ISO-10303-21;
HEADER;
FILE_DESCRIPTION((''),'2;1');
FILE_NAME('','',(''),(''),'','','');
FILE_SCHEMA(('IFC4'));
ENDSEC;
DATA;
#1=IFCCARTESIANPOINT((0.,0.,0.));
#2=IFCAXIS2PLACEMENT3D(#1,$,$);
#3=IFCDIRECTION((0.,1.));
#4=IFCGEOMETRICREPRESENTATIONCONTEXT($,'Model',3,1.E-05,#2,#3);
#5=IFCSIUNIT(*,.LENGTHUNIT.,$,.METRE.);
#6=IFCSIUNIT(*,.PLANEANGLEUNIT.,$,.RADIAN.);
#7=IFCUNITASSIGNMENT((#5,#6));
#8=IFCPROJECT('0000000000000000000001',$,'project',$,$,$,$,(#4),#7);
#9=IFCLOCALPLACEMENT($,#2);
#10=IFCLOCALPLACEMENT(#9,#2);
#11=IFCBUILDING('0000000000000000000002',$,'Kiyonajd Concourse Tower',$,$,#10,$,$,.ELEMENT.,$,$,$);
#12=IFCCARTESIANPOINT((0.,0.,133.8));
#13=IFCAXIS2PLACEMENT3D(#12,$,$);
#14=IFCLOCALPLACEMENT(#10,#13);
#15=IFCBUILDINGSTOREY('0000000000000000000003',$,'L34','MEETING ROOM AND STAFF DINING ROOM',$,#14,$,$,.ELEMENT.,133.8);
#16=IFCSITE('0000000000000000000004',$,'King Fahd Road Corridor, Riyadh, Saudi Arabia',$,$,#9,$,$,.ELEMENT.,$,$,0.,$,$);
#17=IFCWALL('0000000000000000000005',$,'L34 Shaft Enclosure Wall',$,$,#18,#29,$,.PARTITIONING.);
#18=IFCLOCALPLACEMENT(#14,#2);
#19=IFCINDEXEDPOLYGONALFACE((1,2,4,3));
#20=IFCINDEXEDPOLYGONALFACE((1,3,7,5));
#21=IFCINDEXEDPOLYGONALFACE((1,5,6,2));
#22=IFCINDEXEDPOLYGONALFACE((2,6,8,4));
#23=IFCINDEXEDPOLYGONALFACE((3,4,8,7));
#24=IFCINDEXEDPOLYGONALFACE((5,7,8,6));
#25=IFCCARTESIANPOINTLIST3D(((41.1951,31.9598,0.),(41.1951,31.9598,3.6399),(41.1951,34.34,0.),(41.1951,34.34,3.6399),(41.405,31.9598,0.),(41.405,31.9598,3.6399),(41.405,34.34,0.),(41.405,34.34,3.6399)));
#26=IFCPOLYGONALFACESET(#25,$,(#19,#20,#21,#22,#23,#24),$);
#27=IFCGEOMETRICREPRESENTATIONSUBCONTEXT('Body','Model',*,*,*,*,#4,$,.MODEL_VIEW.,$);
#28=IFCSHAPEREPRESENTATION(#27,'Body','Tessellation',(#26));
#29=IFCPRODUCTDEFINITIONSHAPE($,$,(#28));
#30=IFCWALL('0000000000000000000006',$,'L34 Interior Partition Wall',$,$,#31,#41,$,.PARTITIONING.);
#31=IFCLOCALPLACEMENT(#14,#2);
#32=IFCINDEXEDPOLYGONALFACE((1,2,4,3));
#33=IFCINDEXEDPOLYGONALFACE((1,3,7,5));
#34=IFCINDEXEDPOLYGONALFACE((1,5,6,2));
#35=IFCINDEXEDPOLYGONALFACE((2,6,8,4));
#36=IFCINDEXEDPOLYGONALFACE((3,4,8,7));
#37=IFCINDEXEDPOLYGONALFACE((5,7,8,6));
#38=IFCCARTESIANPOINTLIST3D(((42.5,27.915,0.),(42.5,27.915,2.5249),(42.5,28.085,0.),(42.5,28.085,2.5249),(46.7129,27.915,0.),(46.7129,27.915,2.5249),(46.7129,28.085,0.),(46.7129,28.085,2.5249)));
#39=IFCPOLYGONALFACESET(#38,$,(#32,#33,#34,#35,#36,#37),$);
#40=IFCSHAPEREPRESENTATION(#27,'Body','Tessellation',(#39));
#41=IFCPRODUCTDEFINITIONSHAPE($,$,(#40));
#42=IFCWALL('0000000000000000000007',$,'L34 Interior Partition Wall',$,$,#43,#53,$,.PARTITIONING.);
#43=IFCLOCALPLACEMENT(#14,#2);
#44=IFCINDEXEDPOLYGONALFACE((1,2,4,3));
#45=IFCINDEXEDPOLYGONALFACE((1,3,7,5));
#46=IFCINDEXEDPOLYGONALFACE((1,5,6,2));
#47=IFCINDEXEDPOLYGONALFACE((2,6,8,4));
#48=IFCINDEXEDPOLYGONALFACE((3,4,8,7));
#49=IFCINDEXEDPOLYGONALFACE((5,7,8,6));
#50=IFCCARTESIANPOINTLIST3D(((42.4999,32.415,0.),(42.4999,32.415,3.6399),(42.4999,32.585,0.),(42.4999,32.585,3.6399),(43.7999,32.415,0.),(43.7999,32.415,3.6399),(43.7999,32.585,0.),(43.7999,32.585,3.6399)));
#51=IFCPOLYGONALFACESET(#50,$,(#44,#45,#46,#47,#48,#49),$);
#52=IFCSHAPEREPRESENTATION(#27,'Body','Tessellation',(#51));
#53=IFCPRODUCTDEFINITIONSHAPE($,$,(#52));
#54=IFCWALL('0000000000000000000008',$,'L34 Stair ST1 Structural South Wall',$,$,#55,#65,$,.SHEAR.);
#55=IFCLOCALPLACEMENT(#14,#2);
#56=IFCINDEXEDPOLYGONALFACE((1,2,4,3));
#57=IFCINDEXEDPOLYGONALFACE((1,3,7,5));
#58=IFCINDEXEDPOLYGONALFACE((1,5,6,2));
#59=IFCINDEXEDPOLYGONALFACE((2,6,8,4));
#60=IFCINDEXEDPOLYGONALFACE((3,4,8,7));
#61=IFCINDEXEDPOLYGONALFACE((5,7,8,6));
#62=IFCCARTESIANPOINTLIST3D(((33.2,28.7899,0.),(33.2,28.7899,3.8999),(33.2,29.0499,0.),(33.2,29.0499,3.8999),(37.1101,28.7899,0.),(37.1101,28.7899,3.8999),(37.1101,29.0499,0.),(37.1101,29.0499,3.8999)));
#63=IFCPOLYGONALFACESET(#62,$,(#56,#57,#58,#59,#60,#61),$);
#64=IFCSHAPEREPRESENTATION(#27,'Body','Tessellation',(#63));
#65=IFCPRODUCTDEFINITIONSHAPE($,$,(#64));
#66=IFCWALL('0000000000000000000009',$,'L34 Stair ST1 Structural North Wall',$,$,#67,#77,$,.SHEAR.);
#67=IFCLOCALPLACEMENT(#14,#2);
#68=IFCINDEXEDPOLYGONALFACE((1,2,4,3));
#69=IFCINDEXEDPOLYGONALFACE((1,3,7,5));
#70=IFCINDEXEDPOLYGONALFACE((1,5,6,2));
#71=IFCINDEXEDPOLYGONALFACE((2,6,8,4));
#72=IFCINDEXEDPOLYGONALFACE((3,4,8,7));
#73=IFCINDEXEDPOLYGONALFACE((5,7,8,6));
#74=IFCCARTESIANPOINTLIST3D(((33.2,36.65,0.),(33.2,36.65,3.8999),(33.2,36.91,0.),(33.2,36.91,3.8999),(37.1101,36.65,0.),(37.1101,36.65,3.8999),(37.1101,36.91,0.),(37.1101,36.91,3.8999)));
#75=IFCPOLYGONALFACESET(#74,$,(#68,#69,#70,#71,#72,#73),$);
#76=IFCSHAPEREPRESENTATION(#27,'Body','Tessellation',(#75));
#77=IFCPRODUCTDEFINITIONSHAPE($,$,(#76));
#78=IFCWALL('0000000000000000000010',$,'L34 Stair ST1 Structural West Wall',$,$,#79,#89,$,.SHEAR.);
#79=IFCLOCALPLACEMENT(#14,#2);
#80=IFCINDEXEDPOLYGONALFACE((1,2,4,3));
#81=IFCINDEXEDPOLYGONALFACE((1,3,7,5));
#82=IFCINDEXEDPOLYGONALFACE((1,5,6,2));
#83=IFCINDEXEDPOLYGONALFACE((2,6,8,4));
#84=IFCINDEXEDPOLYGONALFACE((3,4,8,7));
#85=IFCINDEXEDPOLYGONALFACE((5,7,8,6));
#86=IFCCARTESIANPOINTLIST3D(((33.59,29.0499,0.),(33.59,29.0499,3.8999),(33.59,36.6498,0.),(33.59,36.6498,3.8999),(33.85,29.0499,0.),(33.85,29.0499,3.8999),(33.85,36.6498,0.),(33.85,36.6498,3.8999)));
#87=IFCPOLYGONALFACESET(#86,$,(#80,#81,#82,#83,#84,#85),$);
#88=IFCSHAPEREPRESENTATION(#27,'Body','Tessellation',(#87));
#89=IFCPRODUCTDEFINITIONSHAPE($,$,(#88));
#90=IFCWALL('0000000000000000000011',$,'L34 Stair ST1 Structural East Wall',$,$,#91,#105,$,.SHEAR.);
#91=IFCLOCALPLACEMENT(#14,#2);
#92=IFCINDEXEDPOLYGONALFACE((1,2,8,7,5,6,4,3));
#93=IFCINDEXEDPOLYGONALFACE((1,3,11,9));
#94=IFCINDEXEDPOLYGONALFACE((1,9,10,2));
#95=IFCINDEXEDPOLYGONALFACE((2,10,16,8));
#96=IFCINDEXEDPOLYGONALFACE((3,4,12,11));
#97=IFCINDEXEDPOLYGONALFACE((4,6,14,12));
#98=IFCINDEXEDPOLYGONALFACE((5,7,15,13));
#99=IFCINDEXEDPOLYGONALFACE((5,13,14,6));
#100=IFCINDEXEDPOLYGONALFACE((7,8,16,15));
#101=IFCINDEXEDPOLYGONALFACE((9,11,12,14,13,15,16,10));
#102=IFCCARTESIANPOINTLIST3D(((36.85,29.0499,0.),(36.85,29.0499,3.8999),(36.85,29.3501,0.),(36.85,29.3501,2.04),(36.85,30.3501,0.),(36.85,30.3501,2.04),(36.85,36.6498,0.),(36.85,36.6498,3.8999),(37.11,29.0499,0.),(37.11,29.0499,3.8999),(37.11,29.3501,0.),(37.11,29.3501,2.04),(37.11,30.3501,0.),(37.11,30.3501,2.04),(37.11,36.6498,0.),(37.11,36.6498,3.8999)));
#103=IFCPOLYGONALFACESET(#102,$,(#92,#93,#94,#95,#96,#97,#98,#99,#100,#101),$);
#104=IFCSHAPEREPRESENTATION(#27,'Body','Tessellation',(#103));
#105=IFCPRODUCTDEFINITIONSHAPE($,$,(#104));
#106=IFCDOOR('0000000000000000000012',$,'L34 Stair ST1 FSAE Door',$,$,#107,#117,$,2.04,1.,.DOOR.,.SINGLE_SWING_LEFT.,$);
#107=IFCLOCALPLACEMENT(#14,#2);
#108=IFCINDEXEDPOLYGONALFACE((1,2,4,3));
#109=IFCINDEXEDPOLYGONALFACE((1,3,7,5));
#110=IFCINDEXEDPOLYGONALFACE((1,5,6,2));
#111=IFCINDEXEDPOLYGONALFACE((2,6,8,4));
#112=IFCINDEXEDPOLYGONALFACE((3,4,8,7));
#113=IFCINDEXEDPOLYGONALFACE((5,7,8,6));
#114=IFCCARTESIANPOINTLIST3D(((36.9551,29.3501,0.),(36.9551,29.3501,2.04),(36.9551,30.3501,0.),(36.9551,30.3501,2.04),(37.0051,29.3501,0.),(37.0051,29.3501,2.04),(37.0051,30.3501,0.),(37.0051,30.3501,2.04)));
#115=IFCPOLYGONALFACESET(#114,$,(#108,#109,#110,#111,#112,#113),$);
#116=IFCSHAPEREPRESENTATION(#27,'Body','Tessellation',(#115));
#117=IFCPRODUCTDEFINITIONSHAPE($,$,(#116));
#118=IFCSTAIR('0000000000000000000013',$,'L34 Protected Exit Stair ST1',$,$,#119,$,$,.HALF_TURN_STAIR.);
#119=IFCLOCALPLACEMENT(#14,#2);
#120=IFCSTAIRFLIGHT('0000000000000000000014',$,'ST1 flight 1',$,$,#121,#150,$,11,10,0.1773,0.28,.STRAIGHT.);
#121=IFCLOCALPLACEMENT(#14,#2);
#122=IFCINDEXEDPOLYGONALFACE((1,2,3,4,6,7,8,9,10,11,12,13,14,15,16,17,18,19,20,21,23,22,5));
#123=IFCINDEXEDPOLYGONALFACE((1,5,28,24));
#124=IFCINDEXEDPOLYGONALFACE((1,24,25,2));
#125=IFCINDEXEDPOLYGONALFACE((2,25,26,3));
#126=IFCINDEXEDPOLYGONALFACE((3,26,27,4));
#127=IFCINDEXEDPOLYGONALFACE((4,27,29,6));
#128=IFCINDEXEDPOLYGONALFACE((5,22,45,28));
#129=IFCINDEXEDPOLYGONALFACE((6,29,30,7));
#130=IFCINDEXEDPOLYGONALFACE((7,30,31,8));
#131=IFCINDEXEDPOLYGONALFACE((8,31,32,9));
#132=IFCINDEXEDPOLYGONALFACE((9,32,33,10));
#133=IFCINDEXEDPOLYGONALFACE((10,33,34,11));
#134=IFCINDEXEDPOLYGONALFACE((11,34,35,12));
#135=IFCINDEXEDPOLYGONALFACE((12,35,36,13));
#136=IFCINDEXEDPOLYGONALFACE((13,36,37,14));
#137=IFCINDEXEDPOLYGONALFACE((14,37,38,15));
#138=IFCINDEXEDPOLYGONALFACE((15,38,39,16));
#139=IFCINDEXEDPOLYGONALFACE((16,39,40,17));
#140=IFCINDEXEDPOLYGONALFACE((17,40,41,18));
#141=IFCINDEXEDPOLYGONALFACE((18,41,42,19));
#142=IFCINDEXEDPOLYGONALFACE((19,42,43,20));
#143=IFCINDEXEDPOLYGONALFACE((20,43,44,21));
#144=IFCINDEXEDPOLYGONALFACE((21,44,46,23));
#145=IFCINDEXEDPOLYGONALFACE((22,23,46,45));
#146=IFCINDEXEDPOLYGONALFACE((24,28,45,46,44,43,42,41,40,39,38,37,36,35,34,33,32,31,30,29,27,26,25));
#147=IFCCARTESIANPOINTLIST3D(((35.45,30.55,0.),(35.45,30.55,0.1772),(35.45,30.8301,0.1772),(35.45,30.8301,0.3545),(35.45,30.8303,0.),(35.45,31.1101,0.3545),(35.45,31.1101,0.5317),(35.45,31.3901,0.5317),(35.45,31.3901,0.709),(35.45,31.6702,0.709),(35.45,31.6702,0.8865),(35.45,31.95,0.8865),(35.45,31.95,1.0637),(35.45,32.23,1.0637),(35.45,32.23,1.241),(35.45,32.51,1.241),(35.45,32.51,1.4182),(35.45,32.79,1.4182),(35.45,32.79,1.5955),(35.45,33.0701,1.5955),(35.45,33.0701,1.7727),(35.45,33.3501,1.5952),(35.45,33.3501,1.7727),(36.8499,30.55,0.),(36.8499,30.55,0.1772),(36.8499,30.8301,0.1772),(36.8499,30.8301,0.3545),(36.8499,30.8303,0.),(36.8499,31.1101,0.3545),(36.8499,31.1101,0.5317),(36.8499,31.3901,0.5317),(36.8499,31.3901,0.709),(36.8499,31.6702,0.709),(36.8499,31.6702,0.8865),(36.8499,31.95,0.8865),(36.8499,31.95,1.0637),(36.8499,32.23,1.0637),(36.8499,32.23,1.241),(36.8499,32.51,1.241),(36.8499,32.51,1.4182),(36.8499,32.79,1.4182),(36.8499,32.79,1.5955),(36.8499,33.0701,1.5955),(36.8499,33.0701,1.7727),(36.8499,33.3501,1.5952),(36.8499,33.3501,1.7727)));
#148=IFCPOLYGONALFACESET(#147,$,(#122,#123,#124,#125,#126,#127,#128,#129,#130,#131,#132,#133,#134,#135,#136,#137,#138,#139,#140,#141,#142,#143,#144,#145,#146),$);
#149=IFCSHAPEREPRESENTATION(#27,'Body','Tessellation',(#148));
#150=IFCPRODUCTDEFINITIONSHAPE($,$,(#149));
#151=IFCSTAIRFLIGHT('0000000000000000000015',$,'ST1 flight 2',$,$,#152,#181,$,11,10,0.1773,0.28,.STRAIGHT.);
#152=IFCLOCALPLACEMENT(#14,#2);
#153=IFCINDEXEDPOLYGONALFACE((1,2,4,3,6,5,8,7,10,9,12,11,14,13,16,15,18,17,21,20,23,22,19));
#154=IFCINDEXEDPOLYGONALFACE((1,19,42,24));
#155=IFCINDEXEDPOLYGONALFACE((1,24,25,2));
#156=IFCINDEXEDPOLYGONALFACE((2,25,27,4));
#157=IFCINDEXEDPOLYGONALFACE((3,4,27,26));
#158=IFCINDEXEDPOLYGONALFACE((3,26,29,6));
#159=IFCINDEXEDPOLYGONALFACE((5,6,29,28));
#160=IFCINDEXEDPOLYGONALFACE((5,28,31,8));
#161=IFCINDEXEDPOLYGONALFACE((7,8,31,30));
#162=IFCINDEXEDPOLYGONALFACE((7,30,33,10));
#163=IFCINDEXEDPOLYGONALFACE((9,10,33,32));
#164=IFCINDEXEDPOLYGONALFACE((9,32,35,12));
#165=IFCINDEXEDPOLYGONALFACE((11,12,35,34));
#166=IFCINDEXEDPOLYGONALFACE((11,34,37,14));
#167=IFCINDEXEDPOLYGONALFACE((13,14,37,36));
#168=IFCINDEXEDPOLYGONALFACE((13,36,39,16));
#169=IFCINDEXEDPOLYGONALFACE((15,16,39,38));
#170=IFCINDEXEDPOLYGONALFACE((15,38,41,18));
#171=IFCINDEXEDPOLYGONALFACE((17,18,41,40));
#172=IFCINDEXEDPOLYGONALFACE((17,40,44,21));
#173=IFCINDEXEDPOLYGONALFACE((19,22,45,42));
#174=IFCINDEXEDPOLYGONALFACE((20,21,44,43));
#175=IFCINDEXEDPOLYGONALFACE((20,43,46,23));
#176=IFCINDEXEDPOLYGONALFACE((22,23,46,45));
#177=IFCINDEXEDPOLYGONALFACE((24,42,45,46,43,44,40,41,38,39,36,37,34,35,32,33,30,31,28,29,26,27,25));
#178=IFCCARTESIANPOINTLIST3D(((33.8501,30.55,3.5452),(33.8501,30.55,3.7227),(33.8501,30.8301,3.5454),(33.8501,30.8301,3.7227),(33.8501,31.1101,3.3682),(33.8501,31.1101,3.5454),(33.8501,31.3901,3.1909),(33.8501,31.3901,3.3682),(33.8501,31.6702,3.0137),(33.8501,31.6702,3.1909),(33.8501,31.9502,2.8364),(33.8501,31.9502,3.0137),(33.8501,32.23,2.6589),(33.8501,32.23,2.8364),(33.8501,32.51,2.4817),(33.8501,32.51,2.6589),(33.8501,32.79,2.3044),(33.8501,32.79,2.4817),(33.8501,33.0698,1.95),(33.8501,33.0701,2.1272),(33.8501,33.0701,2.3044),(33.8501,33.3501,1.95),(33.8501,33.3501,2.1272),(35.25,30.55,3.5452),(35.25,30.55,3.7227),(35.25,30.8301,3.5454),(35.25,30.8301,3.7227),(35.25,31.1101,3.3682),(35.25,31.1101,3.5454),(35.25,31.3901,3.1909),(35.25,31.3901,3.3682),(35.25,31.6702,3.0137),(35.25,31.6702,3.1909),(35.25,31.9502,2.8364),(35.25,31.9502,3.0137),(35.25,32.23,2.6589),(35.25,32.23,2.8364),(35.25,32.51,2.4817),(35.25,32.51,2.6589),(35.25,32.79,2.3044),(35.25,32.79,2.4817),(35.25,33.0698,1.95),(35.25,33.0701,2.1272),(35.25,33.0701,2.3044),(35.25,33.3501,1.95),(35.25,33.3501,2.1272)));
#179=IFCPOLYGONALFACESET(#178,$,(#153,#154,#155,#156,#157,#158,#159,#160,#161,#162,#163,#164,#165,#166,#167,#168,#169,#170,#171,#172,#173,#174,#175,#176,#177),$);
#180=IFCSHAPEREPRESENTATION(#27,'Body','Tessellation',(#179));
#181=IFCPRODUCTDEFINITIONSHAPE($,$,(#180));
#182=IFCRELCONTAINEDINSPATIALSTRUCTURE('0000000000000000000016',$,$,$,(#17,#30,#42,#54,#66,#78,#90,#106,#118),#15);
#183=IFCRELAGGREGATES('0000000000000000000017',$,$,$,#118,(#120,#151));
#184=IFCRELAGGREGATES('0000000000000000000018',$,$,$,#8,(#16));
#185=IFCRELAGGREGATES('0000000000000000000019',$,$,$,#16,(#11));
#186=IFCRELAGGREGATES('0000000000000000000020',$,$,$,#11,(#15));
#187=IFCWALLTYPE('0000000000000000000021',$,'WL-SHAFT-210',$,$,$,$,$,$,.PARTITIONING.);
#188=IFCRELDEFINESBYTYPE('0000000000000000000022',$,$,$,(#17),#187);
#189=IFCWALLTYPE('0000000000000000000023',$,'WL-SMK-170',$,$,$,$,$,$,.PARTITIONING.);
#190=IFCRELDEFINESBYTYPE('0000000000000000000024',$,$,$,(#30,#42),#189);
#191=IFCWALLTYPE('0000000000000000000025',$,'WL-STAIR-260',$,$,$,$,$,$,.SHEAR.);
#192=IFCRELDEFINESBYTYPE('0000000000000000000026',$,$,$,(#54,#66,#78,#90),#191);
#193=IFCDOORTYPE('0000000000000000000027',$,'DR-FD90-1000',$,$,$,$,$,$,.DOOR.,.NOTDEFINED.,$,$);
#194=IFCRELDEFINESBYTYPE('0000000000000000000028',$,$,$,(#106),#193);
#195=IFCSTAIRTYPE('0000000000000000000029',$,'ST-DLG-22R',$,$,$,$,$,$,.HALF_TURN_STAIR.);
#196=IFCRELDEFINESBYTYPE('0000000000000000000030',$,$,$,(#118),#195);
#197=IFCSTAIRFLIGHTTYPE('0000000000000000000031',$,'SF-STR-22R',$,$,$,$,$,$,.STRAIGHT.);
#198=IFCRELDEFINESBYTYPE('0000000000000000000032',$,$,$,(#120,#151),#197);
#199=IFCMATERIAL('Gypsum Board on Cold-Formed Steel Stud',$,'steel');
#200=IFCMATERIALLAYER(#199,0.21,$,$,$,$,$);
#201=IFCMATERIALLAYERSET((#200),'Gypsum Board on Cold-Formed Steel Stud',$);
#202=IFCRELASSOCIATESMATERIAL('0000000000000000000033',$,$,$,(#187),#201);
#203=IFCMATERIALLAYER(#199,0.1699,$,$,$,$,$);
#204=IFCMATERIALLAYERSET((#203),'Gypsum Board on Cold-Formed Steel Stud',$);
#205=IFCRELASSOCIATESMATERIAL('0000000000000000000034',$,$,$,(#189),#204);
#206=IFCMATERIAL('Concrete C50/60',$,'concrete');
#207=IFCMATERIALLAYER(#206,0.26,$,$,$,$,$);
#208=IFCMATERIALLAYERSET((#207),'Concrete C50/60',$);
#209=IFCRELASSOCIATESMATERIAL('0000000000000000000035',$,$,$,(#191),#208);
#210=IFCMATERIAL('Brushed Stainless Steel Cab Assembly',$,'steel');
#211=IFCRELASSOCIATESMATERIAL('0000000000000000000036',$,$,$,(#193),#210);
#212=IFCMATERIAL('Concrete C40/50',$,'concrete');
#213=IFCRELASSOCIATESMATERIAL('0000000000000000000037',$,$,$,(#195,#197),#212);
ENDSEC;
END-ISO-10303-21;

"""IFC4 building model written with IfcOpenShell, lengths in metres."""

from ifc_helpers import new_model, si_unit, direction, frame, frame_2d, origin, place, context, subcontext, project, spatial, polyline, rectangle, outline, extrude, material, layer, layer_set, type_object, element, fill, aggregate, save


model = new_model("IFC4")

# Units and contexts
model_context = context("Model", 3, precision=1e-05, world=origin(), true_north=direction((0.0, 1.0)))
body_context = subcontext(model_context, "Body", "Model", "MODEL_VIEW")
ifc_project = project(units=[si_unit("LENGTHUNIT", "METRE"), si_unit("PLANEANGLEUNIT", "RADIAN")], contexts=[model_context])

# Site, building, storey
site_placement = place(None, origin())
site = spatial("IfcSite", under=ifc_project, at=site_placement, Name="King Fahd Road Corridor, Riyadh, Saudi Arabia", CompositionType="ELEMENT", RefElevation=0.0)
building_placement = place(site_placement, origin())
building = spatial("IfcBuilding", under=site, at=building_placement, Name="Kiyonajd Concourse Tower", CompositionType="ELEMENT")
storey_placement = place(building_placement, frame((0.0, 0.0, 133.8)))
storey = spatial("IfcBuildingStorey", under=building, at=storey_placement, Name="L34", Description="MEETING ROOM AND STAFF DINING ROOM", CompositionType="ELEMENT", Elevation=133.8)

# Shared definitions
ifc_material_1 = material(Name="Concrete C50/60", Category="concrete")

# Shared definitions
ifc_material_2 = material(Name="Gypsum Board on Cold-Formed Steel Stud", Category="steel")

# Shared definitions
ifc_layer_1 = layer(ifc_material_2, 0.21)
ifc_layer_set_1 = layer_set([ifc_layer_1], Name="Gypsum Board on Cold-Formed Steel Stud")
wall_type_1 = type_object("IfcWallType", Name="WL-SHAFT-210", PredefinedType="PARTITIONING", material=ifc_layer_set_1)
ifc_material_3 = material(Name="Brushed Stainless Steel Cab Assembly", Category="steel")

# Walls
wall_1_placement = place(storey_placement, frame((41.3, 31.96, 0.0), z_axis=(0.0, 0.0, 1.0), x_axis=(0.0, 1.0, 0.0)))
element("IfcWall", 1, at=wall_1_placement, inside=storey, type_object=wall_type_1, Name="L34 Shaft Enclosure Wall", PredefinedType="PARTITIONING", context=body_context, shape_type="SweptSolid", body=[
    extrude(rectangle(XDim=2.3801, YDim=0.21, at=frame_2d((1.1899, 0.0))), origin(), (0.0, 0.0, 1.0), 3.6399),
])
ifc_layer_2 = layer(ifc_material_2, 0.1699)
ifc_layer_set_2 = layer_set([ifc_layer_2], Name="Gypsum Board on Cold-Formed Steel Stud")
wall_type_2 = type_object("IfcWallType", Name="WL-SMK-170", PredefinedType="PARTITIONING", material=ifc_layer_set_2)
wall_2_placement = place(storey_placement, frame((42.5, 28.0, 0.0), z_axis=(0.0, 0.0, 1.0), x_axis=(1.0, 0.0, 0.0)))
element("IfcWall", 2, at=wall_2_placement, inside=storey, type_object=wall_type_2, Name="L34 Interior Partition Wall", PredefinedType="PARTITIONING", context=body_context, shape_type="SweptSolid", body=[
    extrude(rectangle(XDim=4.2129, YDim=0.1699, at=frame_2d((2.1064, 0.0))), origin(), (0.0, 0.0, 1.0), 2.5249),
])
wall_3_placement = place(storey_placement, frame((42.5, 32.5, 0.0), z_axis=(0.0, 0.0, 1.0), x_axis=(1.0, 0.0, 0.0)))
element("IfcWall", 3, at=wall_3_placement, inside=storey, type_object=wall_type_2, Name="L34 Interior Partition Wall", PredefinedType="PARTITIONING", context=body_context, shape_type="SweptSolid", body=[
    extrude(rectangle(XDim=1.3, YDim=0.1699, at=frame_2d((0.6499, 0.0))), origin(), (0.0, 0.0, 1.0), 3.6399),
])
ifc_layer_3 = layer(ifc_material_1, 0.26)
ifc_layer_set_3 = layer_set([ifc_layer_3], Name="Concrete C50/60")
wall_type_3 = type_object("IfcWallType", Name="WL-STAIR-260", PredefinedType="SHEAR", material=ifc_layer_set_3)
for number, where, z_axis, x_axis, name in (
    (4, (33.2, 28.9199, 0.0), (0.0, 0.0, 1.0), (1.0, 0.0, 0.0), "L34 Stair ST1 Structural South Wall"),
    (5, (33.2, 36.78, 0.0), (0.0, 0.0, 1.0), (1.0, 0.0, 0.0), "L34 Stair ST1 Structural North Wall"),
):
    element("IfcWall", number, at=place(storey_placement, frame(where, z_axis=z_axis, x_axis=x_axis)), inside=storey, type_object=wall_type_3, Name=name, PredefinedType="SHEAR", context=body_context, shape_type="SweptSolid", body=[
        extrude(rectangle(XDim=3.9102, YDim=0.26, at=frame_2d((1.9551, 0.0))), origin(), (0.0, 0.0, 1.0), 3.8999),
    ])
wall_4_placement = place(storey_placement, frame((33.72, 29.05, 0.0), z_axis=(0.0, 0.0, 1.0), x_axis=(0.0, 1.0, 0.0)))
element("IfcWall", 6, at=wall_4_placement, inside=storey, type_object=wall_type_3, Name="L34 Stair ST1 Structural West Wall", PredefinedType="SHEAR", context=body_context, shape_type="SweptSolid", body=[
    extrude(rectangle(XDim=7.5999, YDim=0.26, at=frame_2d((3.7998, 0.0))), origin(), (0.0, 0.0, 1.0), 3.8999),
])

# Wall, opening, door
wall_5_placement = place(storey_placement, frame((36.98, 29.05, 0.0), z_axis=(0.0, 0.0, 1.0), x_axis=(0.0, 1.0, 0.0)))
wall_5 = element("IfcWall", 7, at=wall_5_placement, inside=storey, type_object=wall_type_3, Name="L34 Stair ST1 Structural East Wall", PredefinedType="SHEAR", context=body_context, shape_type="SweptSolid", body=[
    extrude(rectangle(XDim=7.5999, YDim=0.26, at=frame_2d((3.7998, 0.0))), origin(), (0.0, 0.0, 1.0), 3.8999),
])
opening_1_placement = place(wall_5_placement, frame((0.3, 0.0, 0.0)))
opening_1 = element("IfcOpeningElement", 8, at=opening_1_placement, cuts=wall_5, PredefinedType="OPENING", context=body_context, shape_type="SweptSolid", body=[
    extrude(rectangle(XDim=1.0, YDim=2.04, at=frame_2d((0.5, 1.02))), frame((0.0, 0.1399, 0.0), z_axis=(0.0, -1.0, 0.0), x_axis=(1.0, 0.0, 0.0)), (0.0, 0.0, 1.0), 0.28),
])
door_type_1 = type_object("IfcDoorType", Name="DR-FD90-1000", OperationType="NOTDEFINED", PredefinedType="DOOR", material=ifc_material_3)
door_1_placement = place(opening_1_placement, origin())
door_1 = element("IfcDoor", 9, at=door_1_placement, inside=storey, type_object=door_type_1, Name="L34 Stair ST1 FSAE Door", OperationType="SINGLE_SWING_LEFT", OverallHeight=2.04, OverallWidth=1.0, PredefinedType="DOOR", context=body_context, shape_type="SweptSolid", body=[
    extrude(rectangle(XDim=1.0, YDim=2.04, at=frame_2d((0.5, 1.02))), frame((0.0, 0.0249, 0.0), z_axis=(0.0, -1.0, 0.0), x_axis=(1.0, 0.0, 0.0)), (0.0, 0.0, 1.0), 0.05),
])
fill(opening_1, door_1)

# Stair, stair flights
ifc_material_4 = material(Name="Concrete C40/50", Category="concrete")
stair_type = type_object("IfcStairType", Name="ST-DLG-22R", PredefinedType="HALF_TURN_STAIR", material=ifc_material_4)
stair_placement = place(storey_placement, origin())
stair = element("IfcStair", 10, at=stair_placement, inside=storey, type_object=stair_type, Name="L34 Protected Exit Stair ST1", PredefinedType="HALF_TURN_STAIR")
stair_flight_type = type_object("IfcStairFlightType", Name="SF-STR-22R", PredefinedType="STRAIGHT", material=ifc_material_4)
stair_flight_1_placement = place(storey_placement, frame((36.1499, 30.55, 0.0), z_axis=(0.0, 0.0, 1.0), x_axis=(0.0, 1.0, 0.0)))
stair_flight_1 = element("IfcStairFlight", 11, at=stair_flight_1_placement, type_object=stair_flight_type, Name="ST1 flight 1", NumberOfRisers=11, NumberOfTreads=10, PredefinedType="STRAIGHT", RiserHeight=0.1773, TreadLength=0.28, context=body_context, shape_type="SweptSolid", body=[
    extrude(outline(polyline([(0.0, 0.0), (0.0, 0.1772), (0.28, 0.1772), (0.28, 0.3545), (0.5601, 0.3545), (0.5601, 0.5317), (0.8401, 0.5317), (0.8401, 0.709), (1.1201, 0.709), (1.1201, 0.8865), (1.3999, 0.8865), (1.3999, 1.0637), (1.6799, 1.0637), (1.6799, 1.241), (1.96, 1.241), (1.96, 1.4182), (2.24, 1.4182), (2.24, 1.5955), (2.52, 1.5955), (2.52, 1.7727), (2.8, 1.7727), (2.8, 1.95), (2.8, 1.5952), (0.2803, 0.0), (0.0, 0.0)])), frame((0.0, 0.7, 0.0), z_axis=(0.0, -1.0, 0.0), x_axis=(1.0, 0.0, 0.0)), (0.0, 0.0, 1.0), 1.3999),
])
stair_flight_2_placement = place(storey_placement, frame((34.55, 33.3501, 1.95), z_axis=(0.0, 0.0, 1.0), x_axis=(0.0, -1.0, 0.0)))
stair_flight_2 = element("IfcStairFlight", 12, at=stair_flight_2_placement, type_object=stair_flight_type, Name="ST1 flight 2", NumberOfRisers=11, NumberOfTreads=10, PredefinedType="STRAIGHT", RiserHeight=0.1773, TreadLength=0.28, context=body_context, shape_type="SweptSolid", body=[
    extrude(outline(polyline([(0.0, 0.0), (0.0, 0.1772), (0.28, 0.1772), (0.28, 0.3545), (0.5601, 0.3545), (0.5601, 0.5317), (0.8401, 0.5317), (0.8401, 0.709), (1.1201, 0.709), (1.1201, 0.8865), (1.3999, 0.8865), (1.3999, 1.0637), (1.6799, 1.0637), (1.6799, 1.241), (1.96, 1.241), (1.96, 1.4182), (2.24, 1.4182), (2.24, 1.5955), (2.52, 1.5955), (2.52, 1.7727), (2.8, 1.7727), (2.8, 1.95), (2.8, 1.5952), (0.2803, 0.0), (0.0, 0.0)])), frame((0.0, 0.7, 0.0), z_axis=(0.0, -1.0, 0.0), x_axis=(1.0, 0.0, 0.0)), (0.0, 0.0, 1.0), 1.3999),
])
aggregate(stair, [stair_flight_1, stair_flight_2])

save(model, "model.ifc")
